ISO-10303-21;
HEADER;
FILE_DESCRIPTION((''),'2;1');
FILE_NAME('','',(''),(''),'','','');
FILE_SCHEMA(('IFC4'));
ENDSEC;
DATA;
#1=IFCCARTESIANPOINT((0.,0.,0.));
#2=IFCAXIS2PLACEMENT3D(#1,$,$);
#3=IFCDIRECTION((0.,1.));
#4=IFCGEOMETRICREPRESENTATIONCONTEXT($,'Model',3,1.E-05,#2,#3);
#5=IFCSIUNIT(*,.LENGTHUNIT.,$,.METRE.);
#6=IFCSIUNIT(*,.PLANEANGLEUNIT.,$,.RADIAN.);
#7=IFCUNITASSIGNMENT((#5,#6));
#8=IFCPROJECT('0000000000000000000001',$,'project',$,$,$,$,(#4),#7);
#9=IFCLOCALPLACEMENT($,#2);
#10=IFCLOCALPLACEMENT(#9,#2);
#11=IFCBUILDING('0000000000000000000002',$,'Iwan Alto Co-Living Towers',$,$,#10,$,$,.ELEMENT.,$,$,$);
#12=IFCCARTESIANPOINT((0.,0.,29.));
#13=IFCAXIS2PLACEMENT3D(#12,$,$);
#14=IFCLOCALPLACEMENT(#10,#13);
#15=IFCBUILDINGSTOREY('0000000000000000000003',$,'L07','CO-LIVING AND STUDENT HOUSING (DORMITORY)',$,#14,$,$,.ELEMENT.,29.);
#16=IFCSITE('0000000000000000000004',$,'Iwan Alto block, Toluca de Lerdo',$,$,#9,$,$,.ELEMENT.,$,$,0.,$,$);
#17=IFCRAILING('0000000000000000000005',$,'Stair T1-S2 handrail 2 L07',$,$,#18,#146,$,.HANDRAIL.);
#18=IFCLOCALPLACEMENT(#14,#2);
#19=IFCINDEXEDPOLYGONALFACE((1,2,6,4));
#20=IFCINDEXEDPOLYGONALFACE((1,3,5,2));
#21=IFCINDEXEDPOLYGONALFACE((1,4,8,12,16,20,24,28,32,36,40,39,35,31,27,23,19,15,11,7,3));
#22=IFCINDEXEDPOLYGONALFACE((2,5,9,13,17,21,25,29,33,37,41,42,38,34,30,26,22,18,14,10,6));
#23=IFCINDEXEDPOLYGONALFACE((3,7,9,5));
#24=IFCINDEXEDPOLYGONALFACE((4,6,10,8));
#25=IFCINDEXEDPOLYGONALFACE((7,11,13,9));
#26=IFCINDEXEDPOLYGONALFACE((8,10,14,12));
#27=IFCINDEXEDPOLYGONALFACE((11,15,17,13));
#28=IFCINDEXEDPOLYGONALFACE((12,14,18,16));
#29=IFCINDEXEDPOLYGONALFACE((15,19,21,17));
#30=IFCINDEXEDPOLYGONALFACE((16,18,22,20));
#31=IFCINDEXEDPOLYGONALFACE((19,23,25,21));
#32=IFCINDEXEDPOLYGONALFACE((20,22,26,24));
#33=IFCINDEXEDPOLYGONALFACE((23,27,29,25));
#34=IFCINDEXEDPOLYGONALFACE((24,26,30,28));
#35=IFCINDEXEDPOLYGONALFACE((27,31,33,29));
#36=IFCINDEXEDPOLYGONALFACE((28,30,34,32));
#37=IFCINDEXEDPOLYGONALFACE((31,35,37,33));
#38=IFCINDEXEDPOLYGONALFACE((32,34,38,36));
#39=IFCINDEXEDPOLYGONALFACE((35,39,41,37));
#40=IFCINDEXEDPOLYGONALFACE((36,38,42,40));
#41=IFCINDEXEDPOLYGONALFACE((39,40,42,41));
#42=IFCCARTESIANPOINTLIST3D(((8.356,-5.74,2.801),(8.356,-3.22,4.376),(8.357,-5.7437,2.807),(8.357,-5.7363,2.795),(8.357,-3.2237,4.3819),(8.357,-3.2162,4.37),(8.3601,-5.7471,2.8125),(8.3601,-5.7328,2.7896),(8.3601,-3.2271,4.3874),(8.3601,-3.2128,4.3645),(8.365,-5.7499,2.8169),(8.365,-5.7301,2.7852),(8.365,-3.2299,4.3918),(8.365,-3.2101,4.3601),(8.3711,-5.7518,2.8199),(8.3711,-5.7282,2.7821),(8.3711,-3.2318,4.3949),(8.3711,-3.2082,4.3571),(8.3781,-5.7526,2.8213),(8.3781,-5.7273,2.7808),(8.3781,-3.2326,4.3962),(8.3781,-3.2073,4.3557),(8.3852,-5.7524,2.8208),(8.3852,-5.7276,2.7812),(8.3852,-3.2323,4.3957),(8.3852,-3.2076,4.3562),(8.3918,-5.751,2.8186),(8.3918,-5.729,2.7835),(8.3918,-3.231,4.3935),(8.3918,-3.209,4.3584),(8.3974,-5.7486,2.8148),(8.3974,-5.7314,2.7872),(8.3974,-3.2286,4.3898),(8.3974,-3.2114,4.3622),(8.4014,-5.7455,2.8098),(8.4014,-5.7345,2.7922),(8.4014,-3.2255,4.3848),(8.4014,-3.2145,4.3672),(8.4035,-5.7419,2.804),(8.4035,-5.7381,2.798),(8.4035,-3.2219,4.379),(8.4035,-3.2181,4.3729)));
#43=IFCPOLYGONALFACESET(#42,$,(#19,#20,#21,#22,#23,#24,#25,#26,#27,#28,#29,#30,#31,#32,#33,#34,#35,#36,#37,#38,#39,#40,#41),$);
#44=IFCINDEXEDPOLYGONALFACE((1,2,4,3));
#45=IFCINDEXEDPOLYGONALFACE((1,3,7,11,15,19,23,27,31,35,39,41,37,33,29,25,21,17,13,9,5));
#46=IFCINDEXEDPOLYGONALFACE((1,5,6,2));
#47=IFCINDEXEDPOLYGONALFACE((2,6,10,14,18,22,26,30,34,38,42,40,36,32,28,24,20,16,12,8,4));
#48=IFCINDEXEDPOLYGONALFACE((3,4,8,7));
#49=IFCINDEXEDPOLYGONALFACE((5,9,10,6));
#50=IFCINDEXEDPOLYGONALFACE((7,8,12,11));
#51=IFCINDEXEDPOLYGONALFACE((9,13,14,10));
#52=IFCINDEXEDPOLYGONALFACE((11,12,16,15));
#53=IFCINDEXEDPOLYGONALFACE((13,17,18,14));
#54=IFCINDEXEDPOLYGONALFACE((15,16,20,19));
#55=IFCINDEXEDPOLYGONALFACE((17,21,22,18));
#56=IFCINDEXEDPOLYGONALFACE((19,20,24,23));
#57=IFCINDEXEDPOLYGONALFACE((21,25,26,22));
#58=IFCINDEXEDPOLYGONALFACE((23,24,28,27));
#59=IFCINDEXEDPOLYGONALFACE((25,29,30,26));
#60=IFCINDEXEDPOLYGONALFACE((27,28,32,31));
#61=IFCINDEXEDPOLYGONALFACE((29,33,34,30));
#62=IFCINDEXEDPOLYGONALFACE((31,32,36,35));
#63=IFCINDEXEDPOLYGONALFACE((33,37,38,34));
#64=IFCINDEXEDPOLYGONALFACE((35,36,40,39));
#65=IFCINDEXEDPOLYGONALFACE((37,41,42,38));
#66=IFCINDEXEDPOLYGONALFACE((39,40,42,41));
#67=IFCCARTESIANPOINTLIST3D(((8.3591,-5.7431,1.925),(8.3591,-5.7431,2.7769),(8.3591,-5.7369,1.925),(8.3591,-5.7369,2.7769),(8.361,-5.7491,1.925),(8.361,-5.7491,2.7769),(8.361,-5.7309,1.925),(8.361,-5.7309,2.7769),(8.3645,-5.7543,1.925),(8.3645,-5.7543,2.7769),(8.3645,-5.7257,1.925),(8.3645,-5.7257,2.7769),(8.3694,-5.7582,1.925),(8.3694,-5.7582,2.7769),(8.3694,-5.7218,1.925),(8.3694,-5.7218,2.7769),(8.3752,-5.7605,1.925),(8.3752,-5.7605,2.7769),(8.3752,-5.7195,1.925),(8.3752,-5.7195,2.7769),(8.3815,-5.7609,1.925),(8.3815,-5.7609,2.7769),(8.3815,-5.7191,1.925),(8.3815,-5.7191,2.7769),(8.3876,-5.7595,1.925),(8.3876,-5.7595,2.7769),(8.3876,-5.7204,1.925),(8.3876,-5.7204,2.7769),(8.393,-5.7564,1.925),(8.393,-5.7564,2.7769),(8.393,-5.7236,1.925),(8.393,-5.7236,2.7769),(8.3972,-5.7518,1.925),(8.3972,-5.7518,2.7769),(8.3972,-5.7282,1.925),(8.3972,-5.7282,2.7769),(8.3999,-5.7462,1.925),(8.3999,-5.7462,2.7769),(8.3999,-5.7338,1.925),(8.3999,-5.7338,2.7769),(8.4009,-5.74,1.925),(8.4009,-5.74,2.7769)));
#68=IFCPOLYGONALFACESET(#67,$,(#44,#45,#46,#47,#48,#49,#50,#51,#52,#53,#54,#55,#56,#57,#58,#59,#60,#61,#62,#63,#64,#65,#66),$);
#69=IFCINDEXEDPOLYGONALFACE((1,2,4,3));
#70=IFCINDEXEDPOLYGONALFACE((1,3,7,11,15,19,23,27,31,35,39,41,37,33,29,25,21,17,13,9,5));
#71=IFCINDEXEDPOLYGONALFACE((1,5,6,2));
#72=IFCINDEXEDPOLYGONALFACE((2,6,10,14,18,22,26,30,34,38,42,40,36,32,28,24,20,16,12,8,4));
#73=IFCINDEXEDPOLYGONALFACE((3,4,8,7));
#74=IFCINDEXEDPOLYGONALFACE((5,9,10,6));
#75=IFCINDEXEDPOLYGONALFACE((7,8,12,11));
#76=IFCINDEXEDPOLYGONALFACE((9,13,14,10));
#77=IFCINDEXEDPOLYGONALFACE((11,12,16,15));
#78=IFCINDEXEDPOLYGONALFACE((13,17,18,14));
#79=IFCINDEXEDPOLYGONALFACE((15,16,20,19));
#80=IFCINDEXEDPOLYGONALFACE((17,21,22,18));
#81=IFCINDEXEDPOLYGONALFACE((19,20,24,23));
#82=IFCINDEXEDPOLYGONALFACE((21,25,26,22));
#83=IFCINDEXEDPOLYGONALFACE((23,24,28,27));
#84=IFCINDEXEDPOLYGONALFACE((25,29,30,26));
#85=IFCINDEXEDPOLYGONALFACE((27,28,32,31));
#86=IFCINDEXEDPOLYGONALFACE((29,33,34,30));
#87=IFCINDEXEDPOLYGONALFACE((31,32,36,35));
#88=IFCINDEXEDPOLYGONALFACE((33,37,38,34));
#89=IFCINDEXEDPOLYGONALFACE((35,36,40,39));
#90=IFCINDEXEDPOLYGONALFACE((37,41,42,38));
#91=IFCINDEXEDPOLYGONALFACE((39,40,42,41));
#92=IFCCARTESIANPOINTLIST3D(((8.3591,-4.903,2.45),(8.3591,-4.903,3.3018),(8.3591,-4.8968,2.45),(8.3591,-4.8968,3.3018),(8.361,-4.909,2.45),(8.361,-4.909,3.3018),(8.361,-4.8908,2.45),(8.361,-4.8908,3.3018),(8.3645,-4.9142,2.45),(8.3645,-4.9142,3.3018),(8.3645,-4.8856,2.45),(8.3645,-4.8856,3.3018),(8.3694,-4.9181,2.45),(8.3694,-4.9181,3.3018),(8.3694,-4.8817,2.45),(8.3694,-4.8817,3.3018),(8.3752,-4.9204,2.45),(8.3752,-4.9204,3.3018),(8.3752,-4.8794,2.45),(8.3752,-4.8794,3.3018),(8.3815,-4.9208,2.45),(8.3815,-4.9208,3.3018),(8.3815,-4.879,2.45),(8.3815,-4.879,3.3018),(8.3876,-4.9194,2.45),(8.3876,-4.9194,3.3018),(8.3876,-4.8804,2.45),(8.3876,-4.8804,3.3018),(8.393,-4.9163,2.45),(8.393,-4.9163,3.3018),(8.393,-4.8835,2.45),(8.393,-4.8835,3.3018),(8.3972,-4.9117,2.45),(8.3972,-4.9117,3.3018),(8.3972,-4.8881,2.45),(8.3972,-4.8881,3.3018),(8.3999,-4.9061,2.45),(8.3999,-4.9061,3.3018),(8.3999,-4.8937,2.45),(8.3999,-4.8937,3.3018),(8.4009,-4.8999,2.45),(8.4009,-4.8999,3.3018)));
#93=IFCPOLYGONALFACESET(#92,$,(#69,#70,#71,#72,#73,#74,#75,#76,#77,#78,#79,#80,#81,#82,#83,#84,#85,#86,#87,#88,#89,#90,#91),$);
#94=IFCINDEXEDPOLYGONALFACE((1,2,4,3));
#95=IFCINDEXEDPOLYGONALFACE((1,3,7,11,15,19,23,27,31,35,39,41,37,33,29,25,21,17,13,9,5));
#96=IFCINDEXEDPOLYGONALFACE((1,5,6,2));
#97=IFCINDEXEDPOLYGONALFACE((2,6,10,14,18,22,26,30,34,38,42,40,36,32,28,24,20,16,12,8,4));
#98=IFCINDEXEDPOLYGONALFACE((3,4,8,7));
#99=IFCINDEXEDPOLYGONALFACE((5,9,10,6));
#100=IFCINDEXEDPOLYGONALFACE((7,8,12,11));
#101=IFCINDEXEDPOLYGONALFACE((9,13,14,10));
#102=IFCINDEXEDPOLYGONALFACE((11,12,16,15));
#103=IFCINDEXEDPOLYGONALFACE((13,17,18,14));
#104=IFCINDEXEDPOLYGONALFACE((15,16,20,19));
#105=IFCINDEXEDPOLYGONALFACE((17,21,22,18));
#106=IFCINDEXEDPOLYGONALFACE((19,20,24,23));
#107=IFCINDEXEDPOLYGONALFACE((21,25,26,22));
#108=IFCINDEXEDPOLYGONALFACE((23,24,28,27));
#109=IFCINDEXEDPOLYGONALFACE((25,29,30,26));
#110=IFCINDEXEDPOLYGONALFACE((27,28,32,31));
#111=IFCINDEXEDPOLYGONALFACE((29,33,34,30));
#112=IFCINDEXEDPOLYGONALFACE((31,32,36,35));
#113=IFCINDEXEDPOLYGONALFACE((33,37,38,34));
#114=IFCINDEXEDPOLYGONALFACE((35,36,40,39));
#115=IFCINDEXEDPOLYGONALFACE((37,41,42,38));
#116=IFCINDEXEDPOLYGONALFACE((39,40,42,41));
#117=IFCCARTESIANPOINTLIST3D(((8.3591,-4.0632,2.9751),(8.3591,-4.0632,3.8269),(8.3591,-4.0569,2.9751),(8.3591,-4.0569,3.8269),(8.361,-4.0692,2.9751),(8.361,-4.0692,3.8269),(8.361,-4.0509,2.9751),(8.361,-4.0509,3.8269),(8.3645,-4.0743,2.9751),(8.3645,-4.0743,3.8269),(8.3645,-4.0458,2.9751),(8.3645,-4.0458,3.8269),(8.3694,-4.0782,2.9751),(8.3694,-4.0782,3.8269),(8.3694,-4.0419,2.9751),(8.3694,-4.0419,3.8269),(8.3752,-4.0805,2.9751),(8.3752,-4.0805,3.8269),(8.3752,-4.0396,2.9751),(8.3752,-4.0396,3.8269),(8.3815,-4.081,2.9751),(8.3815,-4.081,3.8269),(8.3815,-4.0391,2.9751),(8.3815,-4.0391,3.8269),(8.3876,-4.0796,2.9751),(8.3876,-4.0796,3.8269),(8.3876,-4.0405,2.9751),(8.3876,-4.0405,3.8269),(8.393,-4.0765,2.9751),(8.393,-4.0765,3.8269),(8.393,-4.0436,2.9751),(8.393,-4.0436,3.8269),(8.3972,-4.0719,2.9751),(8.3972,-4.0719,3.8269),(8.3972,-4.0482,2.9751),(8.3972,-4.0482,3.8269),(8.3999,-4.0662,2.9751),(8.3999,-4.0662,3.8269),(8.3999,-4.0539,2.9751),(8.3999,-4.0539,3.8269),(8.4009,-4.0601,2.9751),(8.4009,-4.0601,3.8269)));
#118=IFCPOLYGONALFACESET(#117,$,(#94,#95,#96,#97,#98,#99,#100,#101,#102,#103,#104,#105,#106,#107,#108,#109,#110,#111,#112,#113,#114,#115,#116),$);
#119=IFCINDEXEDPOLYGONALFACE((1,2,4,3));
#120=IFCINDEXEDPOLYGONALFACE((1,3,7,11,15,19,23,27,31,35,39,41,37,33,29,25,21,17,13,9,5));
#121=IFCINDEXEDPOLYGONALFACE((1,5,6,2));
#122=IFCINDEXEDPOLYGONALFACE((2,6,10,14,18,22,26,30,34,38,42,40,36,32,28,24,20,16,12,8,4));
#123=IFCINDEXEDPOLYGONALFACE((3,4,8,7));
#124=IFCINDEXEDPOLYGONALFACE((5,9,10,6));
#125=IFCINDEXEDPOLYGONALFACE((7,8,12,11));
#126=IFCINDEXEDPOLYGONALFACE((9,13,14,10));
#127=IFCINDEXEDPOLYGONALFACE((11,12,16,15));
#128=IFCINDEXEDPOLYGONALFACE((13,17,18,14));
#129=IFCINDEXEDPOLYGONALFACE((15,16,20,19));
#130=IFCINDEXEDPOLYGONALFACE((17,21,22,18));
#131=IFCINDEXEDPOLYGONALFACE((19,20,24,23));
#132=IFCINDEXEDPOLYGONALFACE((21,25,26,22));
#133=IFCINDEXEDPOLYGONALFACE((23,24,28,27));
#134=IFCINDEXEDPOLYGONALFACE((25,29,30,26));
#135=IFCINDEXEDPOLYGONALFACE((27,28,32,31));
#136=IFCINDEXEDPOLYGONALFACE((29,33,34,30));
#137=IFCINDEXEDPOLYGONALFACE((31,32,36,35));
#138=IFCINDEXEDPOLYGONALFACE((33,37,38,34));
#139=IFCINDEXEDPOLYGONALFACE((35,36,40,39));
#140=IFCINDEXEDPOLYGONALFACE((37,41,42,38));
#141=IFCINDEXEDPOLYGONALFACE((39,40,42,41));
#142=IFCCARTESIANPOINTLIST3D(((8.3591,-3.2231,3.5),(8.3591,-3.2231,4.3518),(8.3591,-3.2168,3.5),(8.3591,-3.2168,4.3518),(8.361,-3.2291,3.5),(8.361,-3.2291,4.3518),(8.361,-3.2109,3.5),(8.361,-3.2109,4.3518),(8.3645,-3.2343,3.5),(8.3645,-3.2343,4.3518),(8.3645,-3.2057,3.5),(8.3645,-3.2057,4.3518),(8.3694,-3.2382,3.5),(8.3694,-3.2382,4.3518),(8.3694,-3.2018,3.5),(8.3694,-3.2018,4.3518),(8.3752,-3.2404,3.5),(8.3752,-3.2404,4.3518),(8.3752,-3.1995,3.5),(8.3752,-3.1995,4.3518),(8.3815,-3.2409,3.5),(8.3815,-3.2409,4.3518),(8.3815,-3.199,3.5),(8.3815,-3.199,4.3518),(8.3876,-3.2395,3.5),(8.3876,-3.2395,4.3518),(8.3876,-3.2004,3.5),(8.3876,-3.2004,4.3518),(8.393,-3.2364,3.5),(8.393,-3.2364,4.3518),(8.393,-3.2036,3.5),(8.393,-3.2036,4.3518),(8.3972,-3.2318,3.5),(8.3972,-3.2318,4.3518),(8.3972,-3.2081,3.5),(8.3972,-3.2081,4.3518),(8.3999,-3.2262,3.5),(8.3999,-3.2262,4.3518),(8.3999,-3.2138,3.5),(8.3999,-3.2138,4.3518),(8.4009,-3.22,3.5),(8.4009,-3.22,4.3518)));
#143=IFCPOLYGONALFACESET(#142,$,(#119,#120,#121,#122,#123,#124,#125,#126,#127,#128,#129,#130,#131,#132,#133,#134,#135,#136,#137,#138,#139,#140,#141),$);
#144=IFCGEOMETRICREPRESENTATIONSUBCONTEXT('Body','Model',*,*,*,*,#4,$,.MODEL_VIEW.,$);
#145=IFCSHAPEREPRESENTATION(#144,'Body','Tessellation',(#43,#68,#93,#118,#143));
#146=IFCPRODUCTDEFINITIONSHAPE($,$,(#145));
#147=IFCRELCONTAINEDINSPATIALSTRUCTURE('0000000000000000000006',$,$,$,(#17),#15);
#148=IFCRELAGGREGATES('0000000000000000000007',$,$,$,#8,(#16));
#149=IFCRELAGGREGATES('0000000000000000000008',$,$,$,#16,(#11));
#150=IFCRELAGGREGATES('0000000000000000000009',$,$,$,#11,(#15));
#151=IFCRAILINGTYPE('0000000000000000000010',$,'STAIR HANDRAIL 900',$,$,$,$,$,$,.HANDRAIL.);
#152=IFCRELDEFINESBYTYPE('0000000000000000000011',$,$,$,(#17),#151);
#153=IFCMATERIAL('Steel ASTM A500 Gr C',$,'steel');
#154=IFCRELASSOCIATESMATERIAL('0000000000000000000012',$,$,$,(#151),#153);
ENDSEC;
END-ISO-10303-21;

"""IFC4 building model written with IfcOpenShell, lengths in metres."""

from ifc_helpers import new_model, si_unit, direction, frame, origin, origin_2d, place, context, subcontext, project, spatial, circle, extrude, material, type_object, element, save


model = new_model("IFC4")

# Units and contexts
model_context = context("Model", 3, precision=1e-05, world=origin(), true_north=direction((0.0, 1.0)))
body_context = subcontext(model_context, "Body", "Model", "MODEL_VIEW")
ifc_project = project(units=[si_unit("LENGTHUNIT", "METRE"), si_unit("PLANEANGLEUNIT", "RADIAN")], contexts=[model_context])

# Site, building, storey
site_placement = place(None, origin())
site = spatial("IfcSite", under=ifc_project, at=site_placement, Name="Iwan Alto block, Toluca de Lerdo", CompositionType="ELEMENT", RefElevation=0.0)
building_placement = place(site_placement, origin())
building = spatial("IfcBuilding", under=site, at=building_placement, Name="Iwan Alto Co-Living Towers", CompositionType="ELEMENT")
storey_placement = place(building_placement, frame((0.0, 0.0, 29.0)))
storey = spatial("IfcBuildingStorey", under=building, at=storey_placement, Name="L07", Description="CO-LIVING AND STUDENT HOUSING (DORMITORY)", CompositionType="ELEMENT", Elevation=29.0)

# Railing
ifc_material_1 = material(Name="Steel ASTM A500 Gr C", Category="steel")
railing_type_1 = type_object("IfcRailingType", Name="STAIR HANDRAIL 900", PredefinedType="HANDRAIL", material=ifc_material_1)
railing_1_placement = place(storey_placement, frame((8.3799, -5.74, 1.925)))
element("IfcRailing", 1, at=railing_1_placement, inside=storey, type_object=railing_type_1, Name="Stair T1-S2 handrail 2 L07", PredefinedType="HANDRAIL", context=body_context, shape_type="SweptSolid", body=[
    extrude(circle(Radius=0.0239, at=origin_2d()), frame((0.0, 0.0, 0.876), z_axis=(0.0, 0.848008, 0.529984), x_axis=(-1.0, 0.0, 0.0)), (0.0, 0.0, 1.0), 2.9717),
    extrude(circle(Radius=0.021, at=origin_2d()), origin(), (0.0, 0.0, 1.0), 0.8518),
    extrude(circle(Radius=0.021, at=origin_2d()), frame((0.0, 0.8401, 0.5249)), (0.0, 0.0, 1.0), 0.8518),
    extrude(circle(Radius=0.021, at=origin_2d()), frame((0.0, 1.6799, 1.05)), (0.0, 0.0, 1.0), 0.8518),
    extrude(circle(Radius=0.021, at=origin_2d()), frame((0.0, 2.52, 1.575)), (0.0, 0.0, 1.0), 0.8518),
])

save(model, "model.ifc")
